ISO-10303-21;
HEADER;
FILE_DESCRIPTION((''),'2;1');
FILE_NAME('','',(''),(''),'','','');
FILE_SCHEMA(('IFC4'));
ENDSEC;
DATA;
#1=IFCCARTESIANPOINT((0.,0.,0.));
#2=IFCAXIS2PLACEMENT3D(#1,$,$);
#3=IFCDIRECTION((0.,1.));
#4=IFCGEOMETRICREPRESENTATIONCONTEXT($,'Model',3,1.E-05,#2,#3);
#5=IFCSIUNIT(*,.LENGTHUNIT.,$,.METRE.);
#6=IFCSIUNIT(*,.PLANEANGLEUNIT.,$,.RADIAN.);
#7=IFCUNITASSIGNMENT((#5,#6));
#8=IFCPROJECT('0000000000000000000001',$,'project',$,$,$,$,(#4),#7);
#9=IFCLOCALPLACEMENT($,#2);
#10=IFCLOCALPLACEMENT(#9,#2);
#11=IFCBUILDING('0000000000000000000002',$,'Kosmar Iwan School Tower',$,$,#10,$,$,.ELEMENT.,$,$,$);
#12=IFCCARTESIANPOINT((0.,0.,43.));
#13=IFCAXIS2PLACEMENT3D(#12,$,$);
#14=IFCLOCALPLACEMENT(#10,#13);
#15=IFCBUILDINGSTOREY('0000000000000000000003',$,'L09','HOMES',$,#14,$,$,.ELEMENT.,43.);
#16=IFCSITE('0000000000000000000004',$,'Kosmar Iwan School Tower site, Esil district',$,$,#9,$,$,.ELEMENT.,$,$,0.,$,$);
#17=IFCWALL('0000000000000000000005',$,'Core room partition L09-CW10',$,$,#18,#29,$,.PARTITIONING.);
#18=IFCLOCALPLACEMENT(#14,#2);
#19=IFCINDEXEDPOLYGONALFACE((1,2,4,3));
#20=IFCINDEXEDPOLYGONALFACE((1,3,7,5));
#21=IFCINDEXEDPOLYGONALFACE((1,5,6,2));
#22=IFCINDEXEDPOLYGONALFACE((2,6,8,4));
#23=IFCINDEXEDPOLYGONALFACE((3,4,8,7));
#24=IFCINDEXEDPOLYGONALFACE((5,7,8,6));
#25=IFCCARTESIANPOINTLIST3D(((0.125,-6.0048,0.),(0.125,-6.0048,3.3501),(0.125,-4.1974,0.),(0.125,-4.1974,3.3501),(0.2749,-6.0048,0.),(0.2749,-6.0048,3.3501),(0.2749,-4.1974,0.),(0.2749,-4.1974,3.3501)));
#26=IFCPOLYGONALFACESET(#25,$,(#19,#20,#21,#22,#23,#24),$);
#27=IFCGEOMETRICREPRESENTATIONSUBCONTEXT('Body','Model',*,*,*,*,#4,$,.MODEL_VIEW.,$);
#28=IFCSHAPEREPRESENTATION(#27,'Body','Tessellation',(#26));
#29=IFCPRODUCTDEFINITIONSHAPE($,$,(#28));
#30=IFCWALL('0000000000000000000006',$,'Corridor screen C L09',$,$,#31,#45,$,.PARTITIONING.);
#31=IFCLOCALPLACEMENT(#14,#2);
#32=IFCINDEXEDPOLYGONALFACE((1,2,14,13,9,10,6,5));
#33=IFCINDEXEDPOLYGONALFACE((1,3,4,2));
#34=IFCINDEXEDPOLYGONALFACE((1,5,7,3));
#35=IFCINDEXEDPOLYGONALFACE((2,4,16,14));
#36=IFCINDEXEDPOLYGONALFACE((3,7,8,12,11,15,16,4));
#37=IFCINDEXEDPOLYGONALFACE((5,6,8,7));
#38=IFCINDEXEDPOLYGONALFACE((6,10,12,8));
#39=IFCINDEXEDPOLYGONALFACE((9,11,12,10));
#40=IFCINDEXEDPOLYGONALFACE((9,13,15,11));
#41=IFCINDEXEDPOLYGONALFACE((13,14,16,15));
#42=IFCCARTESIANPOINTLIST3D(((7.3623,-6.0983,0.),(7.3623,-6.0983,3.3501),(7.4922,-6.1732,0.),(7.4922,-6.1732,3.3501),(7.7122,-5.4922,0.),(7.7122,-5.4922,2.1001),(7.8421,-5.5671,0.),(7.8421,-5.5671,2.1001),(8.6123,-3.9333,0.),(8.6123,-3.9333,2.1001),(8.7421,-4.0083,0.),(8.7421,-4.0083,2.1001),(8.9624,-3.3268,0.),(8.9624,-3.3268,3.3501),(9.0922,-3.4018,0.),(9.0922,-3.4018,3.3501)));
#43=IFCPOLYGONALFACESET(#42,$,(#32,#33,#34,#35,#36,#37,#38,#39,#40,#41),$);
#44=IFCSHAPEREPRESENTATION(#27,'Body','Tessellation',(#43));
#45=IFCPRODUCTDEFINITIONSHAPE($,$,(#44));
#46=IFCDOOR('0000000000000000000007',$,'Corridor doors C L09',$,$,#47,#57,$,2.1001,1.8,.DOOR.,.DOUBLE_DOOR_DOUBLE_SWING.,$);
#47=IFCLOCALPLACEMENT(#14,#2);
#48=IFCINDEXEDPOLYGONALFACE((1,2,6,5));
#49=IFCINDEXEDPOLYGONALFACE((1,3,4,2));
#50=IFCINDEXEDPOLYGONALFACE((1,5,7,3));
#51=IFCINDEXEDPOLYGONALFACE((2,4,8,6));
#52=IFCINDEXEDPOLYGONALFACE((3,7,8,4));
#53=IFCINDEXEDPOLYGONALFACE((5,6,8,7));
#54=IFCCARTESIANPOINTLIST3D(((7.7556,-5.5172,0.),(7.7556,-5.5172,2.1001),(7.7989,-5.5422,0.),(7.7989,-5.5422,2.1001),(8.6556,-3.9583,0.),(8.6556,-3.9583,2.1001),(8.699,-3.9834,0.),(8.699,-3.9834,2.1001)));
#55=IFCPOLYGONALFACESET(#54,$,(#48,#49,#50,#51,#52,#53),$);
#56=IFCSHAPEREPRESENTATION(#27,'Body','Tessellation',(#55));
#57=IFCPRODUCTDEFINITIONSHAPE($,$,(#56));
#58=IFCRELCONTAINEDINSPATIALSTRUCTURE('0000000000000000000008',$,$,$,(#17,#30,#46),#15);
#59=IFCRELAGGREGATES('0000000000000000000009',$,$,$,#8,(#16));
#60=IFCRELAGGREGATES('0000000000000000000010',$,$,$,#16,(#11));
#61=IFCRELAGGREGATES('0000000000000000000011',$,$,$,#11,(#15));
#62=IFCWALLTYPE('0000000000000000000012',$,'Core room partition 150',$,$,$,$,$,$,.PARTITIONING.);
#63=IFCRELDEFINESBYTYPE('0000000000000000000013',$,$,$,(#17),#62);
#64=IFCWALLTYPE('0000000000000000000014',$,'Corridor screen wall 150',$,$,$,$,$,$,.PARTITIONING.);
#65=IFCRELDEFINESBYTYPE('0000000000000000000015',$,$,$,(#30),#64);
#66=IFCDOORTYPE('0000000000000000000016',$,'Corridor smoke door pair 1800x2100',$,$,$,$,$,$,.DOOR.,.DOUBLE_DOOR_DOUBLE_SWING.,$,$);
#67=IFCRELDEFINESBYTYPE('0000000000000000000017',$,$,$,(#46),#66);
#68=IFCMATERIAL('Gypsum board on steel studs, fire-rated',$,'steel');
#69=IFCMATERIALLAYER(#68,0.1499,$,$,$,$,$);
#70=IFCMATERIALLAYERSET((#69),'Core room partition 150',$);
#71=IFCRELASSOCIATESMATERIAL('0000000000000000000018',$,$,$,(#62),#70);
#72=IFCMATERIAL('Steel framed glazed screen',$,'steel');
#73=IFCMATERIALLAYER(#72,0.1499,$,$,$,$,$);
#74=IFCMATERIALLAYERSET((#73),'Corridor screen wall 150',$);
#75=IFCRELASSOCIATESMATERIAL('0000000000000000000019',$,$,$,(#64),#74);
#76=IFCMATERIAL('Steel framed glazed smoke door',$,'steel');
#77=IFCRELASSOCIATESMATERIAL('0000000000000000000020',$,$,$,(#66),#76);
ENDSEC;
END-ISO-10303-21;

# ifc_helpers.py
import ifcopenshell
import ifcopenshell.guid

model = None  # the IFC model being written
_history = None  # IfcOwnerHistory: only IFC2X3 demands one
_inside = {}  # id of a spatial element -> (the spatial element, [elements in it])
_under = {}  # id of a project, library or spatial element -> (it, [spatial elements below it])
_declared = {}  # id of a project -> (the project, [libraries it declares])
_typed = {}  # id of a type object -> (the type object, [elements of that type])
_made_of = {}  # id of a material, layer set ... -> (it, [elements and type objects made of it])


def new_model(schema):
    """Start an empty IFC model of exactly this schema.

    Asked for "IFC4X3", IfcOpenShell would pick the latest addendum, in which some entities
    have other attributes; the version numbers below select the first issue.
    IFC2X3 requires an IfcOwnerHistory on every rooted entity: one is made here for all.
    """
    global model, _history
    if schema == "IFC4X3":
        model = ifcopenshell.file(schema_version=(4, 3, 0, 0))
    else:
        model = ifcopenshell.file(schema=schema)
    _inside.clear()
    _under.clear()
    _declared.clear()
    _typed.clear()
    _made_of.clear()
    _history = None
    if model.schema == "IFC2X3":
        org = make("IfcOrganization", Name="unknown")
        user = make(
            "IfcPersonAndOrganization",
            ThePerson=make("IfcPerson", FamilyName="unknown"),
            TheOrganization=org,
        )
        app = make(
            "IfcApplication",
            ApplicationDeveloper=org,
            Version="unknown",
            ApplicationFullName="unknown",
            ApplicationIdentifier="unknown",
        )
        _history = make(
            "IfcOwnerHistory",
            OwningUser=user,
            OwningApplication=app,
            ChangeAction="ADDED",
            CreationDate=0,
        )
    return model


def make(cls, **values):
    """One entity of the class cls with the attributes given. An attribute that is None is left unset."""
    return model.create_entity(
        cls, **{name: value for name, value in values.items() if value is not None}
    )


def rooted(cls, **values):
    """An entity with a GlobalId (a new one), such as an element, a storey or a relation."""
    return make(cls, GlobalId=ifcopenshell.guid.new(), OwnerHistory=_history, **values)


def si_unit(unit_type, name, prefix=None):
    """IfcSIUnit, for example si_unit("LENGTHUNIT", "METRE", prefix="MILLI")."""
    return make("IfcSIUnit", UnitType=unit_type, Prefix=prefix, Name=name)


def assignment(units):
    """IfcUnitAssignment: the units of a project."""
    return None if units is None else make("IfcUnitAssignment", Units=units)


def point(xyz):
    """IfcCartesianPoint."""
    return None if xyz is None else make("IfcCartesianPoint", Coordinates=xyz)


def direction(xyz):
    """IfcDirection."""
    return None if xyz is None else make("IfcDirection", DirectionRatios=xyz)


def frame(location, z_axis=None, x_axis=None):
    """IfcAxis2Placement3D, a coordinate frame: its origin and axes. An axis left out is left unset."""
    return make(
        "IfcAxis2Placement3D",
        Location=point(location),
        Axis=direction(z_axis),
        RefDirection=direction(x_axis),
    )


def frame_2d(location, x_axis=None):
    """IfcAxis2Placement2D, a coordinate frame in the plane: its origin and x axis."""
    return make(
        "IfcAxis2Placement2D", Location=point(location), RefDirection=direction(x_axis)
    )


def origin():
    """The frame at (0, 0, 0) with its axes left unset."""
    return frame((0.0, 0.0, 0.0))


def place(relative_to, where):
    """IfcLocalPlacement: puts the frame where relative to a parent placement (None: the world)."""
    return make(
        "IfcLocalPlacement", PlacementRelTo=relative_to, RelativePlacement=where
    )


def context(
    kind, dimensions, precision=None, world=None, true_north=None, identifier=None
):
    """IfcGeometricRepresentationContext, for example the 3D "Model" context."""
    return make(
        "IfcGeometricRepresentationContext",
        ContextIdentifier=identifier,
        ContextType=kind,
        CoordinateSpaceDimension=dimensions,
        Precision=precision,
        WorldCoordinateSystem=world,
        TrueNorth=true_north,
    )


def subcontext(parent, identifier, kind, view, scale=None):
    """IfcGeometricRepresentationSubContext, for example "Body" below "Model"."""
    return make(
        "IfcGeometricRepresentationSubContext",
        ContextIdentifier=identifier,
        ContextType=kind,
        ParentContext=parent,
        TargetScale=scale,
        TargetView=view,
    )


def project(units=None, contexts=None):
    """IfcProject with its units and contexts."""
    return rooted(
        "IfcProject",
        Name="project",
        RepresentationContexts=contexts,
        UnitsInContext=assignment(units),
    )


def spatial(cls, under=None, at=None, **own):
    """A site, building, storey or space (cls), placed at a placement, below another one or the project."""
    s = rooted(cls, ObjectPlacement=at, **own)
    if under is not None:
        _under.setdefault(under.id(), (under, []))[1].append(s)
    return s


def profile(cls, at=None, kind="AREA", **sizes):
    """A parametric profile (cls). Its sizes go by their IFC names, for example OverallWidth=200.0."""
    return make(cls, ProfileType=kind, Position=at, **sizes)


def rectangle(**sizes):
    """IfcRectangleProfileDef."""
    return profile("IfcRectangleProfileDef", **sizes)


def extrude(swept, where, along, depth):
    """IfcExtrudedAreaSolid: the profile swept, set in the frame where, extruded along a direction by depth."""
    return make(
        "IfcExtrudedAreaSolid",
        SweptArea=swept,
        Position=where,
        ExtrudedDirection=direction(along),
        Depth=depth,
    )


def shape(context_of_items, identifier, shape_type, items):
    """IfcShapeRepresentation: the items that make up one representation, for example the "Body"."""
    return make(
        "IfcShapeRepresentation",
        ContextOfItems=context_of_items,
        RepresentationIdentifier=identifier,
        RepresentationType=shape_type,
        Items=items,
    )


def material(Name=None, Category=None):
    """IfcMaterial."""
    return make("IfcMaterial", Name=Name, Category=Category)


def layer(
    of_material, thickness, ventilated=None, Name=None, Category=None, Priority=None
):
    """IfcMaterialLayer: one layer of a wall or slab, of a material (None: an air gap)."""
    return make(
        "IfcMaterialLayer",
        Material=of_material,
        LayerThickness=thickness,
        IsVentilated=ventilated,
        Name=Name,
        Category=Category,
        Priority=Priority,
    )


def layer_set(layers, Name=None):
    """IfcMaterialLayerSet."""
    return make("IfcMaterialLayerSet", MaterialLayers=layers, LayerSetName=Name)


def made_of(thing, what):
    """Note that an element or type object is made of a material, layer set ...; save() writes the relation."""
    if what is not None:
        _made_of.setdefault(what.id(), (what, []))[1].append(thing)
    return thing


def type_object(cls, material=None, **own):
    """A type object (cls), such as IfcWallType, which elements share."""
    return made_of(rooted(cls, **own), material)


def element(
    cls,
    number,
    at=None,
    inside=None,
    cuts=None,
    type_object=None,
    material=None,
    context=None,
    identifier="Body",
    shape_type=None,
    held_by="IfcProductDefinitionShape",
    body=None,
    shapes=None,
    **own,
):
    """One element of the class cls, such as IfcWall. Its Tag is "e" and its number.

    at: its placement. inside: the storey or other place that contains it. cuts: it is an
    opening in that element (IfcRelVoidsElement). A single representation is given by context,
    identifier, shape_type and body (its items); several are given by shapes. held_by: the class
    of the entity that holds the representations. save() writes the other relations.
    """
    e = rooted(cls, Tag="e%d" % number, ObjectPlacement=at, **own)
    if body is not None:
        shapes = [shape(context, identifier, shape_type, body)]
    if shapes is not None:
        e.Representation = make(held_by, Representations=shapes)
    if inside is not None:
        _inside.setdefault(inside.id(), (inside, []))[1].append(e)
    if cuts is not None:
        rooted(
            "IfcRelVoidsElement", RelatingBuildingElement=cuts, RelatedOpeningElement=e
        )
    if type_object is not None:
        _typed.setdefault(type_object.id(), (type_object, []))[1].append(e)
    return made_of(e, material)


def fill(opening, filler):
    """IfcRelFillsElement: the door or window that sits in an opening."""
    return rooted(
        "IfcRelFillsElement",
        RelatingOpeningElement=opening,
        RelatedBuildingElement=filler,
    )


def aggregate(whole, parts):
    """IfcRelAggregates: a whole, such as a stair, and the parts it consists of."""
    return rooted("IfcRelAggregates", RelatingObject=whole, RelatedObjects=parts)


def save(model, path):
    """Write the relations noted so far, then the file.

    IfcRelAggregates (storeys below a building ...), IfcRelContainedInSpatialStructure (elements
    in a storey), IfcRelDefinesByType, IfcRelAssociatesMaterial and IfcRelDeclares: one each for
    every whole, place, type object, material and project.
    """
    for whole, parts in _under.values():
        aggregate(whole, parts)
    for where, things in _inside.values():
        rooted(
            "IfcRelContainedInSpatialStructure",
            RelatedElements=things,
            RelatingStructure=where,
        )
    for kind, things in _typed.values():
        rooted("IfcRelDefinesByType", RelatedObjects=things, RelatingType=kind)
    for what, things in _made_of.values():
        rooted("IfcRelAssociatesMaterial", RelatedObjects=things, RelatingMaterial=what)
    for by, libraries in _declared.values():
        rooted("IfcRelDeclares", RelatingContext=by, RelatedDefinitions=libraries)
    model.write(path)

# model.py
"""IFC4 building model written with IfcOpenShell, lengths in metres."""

from ifc_helpers import new_model, si_unit, direction, frame, frame_2d, origin, place, context, subcontext, project, spatial, rectangle, extrude, material, layer, layer_set, type_object, element, fill, save


model = new_model("IFC4")

# Units and contexts
model_context = context("Model", 3, precision=1e-05, world=origin(), true_north=direction((0.0, 1.0)))
body_context = subcontext(model_context, "Body", "Model", "MODEL_VIEW")
ifc_project = project(units=[si_unit("LENGTHUNIT", "METRE"), si_unit("PLANEANGLEUNIT", "RADIAN")], contexts=[model_context])

# Site, building, storey
site_placement = place(None, origin())
site = spatial("IfcSite", under=ifc_project, at=site_placement, Name="Kosmar Iwan School Tower site, Esil district", CompositionType="ELEMENT", RefElevation=0.0)
building_placement = place(site_placement, origin())
building = spatial("IfcBuilding", under=site, at=building_placement, Name="Kosmar Iwan School Tower", CompositionType="ELEMENT")
storey_placement = place(building_placement, frame((0.0, 0.0, 43.0)))
storey = spatial("IfcBuildingStorey", under=building, at=storey_placement, Name="L09", Description="HOMES", CompositionType="ELEMENT", Elevation=43.0)

# Wall
ifc_material_1 = material(Name="Gypsum board on steel studs, fire-rated", Category="steel")
ifc_layer_1 = layer(ifc_material_1, 0.1499)
ifc_layer_set_1 = layer_set([ifc_layer_1], Name="Core room partition 150")
wall_type_1 = type_object("IfcWallType", Name="Core room partition 150", PredefinedType="PARTITIONING", material=ifc_layer_set_1)
wall_1_placement = place(storey_placement, frame((0.2, -6.0049, 0.0), z_axis=(0.0, 0.0, 1.0), x_axis=(0.0, 1.0, 0.0)))
element("IfcWall", 1, at=wall_1_placement, inside=storey, type_object=wall_type_1, Name="Core room partition L09-CW10", PredefinedType="PARTITIONING", context=body_context, shape_type="SweptSolid", body=[
    extrude(rectangle(XDim=1.8074, YDim=0.1499, at=frame_2d((0.9038, 0.0))), origin(), (0.0, 0.0, 1.0), 3.3501),
])

# Wall, opening, door
ifc_material_2 = material(Name="Steel framed glazed screen", Category="steel")
ifc_layer_2 = layer(ifc_material_2, 0.1499)
ifc_layer_set_2 = layer_set([ifc_layer_2], Name="Corridor screen wall 150")
wall_type_2 = type_object("IfcWallType", Name="Corridor screen wall 150", PredefinedType="PARTITIONING", material=ifc_layer_set_2)
wall_2_placement = place(storey_placement, frame((7.4272, -6.1357, 0.0), z_axis=(0.0, 0.0, 1.0), x_axis=(0.499995, 0.866028, 0.0)))
wall_2 = element("IfcWall", 2, at=wall_2_placement, inside=storey, type_object=wall_type_2, Name="Corridor screen C L09", PredefinedType="PARTITIONING", context=body_context, shape_type="SweptSolid", body=[
    extrude(rectangle(XDim=3.2002, YDim=0.1499, at=frame_2d((1.6001, 0.0))), origin(), (0.0, 0.0, 1.0), 3.3501),
])
opening_1_placement = place(wall_2_placement, frame((0.7, 0.0, 0.0)))
opening_1 = element("IfcOpeningElement", 3, at=opening_1_placement, cuts=wall_2, PredefinedType="OPENING", context=body_context, shape_type="SweptSolid", body=[
    extrude(rectangle(XDim=1.8, YDim=2.1001, at=frame_2d((0.8999, 1.05))), frame((0.0, 0.0869, 0.0), z_axis=(0.0, -1.0, 0.0), x_axis=(1.0, 0.0, 0.0)), (0.0, 0.0, 1.0), 0.1738),
])
ifc_material_3 = material(Name="Steel framed glazed smoke door", Category="steel")
door_type_1 = type_object("IfcDoorType", Name="Corridor smoke door pair 1800x2100", OperationType="DOUBLE_DOOR_DOUBLE_SWING", PredefinedType="DOOR", material=ifc_material_3)
door_1_placement = place(opening_1_placement, origin())
door_1 = element("IfcDoor", 4, at=door_1_placement, inside=storey, type_object=door_type_1, Name="Corridor doors C L09", OperationType="DOUBLE_DOOR_DOUBLE_SWING", OverallHeight=2.1001, OverallWidth=1.8, PredefinedType="DOOR", context=body_context, shape_type="SweptSolid", body=[
    extrude(rectangle(XDim=1.8, YDim=2.1001, at=frame_2d((0.8999, 1.05))), frame((0.0, 0.0249, 0.0), z_axis=(0.0, -1.0, 0.0), x_axis=(1.0, 0.0, 0.0)), (0.0, 0.0, 1.0), 0.05),
])
fill(opening_1, door_1)

save(model, "model.ifc")
